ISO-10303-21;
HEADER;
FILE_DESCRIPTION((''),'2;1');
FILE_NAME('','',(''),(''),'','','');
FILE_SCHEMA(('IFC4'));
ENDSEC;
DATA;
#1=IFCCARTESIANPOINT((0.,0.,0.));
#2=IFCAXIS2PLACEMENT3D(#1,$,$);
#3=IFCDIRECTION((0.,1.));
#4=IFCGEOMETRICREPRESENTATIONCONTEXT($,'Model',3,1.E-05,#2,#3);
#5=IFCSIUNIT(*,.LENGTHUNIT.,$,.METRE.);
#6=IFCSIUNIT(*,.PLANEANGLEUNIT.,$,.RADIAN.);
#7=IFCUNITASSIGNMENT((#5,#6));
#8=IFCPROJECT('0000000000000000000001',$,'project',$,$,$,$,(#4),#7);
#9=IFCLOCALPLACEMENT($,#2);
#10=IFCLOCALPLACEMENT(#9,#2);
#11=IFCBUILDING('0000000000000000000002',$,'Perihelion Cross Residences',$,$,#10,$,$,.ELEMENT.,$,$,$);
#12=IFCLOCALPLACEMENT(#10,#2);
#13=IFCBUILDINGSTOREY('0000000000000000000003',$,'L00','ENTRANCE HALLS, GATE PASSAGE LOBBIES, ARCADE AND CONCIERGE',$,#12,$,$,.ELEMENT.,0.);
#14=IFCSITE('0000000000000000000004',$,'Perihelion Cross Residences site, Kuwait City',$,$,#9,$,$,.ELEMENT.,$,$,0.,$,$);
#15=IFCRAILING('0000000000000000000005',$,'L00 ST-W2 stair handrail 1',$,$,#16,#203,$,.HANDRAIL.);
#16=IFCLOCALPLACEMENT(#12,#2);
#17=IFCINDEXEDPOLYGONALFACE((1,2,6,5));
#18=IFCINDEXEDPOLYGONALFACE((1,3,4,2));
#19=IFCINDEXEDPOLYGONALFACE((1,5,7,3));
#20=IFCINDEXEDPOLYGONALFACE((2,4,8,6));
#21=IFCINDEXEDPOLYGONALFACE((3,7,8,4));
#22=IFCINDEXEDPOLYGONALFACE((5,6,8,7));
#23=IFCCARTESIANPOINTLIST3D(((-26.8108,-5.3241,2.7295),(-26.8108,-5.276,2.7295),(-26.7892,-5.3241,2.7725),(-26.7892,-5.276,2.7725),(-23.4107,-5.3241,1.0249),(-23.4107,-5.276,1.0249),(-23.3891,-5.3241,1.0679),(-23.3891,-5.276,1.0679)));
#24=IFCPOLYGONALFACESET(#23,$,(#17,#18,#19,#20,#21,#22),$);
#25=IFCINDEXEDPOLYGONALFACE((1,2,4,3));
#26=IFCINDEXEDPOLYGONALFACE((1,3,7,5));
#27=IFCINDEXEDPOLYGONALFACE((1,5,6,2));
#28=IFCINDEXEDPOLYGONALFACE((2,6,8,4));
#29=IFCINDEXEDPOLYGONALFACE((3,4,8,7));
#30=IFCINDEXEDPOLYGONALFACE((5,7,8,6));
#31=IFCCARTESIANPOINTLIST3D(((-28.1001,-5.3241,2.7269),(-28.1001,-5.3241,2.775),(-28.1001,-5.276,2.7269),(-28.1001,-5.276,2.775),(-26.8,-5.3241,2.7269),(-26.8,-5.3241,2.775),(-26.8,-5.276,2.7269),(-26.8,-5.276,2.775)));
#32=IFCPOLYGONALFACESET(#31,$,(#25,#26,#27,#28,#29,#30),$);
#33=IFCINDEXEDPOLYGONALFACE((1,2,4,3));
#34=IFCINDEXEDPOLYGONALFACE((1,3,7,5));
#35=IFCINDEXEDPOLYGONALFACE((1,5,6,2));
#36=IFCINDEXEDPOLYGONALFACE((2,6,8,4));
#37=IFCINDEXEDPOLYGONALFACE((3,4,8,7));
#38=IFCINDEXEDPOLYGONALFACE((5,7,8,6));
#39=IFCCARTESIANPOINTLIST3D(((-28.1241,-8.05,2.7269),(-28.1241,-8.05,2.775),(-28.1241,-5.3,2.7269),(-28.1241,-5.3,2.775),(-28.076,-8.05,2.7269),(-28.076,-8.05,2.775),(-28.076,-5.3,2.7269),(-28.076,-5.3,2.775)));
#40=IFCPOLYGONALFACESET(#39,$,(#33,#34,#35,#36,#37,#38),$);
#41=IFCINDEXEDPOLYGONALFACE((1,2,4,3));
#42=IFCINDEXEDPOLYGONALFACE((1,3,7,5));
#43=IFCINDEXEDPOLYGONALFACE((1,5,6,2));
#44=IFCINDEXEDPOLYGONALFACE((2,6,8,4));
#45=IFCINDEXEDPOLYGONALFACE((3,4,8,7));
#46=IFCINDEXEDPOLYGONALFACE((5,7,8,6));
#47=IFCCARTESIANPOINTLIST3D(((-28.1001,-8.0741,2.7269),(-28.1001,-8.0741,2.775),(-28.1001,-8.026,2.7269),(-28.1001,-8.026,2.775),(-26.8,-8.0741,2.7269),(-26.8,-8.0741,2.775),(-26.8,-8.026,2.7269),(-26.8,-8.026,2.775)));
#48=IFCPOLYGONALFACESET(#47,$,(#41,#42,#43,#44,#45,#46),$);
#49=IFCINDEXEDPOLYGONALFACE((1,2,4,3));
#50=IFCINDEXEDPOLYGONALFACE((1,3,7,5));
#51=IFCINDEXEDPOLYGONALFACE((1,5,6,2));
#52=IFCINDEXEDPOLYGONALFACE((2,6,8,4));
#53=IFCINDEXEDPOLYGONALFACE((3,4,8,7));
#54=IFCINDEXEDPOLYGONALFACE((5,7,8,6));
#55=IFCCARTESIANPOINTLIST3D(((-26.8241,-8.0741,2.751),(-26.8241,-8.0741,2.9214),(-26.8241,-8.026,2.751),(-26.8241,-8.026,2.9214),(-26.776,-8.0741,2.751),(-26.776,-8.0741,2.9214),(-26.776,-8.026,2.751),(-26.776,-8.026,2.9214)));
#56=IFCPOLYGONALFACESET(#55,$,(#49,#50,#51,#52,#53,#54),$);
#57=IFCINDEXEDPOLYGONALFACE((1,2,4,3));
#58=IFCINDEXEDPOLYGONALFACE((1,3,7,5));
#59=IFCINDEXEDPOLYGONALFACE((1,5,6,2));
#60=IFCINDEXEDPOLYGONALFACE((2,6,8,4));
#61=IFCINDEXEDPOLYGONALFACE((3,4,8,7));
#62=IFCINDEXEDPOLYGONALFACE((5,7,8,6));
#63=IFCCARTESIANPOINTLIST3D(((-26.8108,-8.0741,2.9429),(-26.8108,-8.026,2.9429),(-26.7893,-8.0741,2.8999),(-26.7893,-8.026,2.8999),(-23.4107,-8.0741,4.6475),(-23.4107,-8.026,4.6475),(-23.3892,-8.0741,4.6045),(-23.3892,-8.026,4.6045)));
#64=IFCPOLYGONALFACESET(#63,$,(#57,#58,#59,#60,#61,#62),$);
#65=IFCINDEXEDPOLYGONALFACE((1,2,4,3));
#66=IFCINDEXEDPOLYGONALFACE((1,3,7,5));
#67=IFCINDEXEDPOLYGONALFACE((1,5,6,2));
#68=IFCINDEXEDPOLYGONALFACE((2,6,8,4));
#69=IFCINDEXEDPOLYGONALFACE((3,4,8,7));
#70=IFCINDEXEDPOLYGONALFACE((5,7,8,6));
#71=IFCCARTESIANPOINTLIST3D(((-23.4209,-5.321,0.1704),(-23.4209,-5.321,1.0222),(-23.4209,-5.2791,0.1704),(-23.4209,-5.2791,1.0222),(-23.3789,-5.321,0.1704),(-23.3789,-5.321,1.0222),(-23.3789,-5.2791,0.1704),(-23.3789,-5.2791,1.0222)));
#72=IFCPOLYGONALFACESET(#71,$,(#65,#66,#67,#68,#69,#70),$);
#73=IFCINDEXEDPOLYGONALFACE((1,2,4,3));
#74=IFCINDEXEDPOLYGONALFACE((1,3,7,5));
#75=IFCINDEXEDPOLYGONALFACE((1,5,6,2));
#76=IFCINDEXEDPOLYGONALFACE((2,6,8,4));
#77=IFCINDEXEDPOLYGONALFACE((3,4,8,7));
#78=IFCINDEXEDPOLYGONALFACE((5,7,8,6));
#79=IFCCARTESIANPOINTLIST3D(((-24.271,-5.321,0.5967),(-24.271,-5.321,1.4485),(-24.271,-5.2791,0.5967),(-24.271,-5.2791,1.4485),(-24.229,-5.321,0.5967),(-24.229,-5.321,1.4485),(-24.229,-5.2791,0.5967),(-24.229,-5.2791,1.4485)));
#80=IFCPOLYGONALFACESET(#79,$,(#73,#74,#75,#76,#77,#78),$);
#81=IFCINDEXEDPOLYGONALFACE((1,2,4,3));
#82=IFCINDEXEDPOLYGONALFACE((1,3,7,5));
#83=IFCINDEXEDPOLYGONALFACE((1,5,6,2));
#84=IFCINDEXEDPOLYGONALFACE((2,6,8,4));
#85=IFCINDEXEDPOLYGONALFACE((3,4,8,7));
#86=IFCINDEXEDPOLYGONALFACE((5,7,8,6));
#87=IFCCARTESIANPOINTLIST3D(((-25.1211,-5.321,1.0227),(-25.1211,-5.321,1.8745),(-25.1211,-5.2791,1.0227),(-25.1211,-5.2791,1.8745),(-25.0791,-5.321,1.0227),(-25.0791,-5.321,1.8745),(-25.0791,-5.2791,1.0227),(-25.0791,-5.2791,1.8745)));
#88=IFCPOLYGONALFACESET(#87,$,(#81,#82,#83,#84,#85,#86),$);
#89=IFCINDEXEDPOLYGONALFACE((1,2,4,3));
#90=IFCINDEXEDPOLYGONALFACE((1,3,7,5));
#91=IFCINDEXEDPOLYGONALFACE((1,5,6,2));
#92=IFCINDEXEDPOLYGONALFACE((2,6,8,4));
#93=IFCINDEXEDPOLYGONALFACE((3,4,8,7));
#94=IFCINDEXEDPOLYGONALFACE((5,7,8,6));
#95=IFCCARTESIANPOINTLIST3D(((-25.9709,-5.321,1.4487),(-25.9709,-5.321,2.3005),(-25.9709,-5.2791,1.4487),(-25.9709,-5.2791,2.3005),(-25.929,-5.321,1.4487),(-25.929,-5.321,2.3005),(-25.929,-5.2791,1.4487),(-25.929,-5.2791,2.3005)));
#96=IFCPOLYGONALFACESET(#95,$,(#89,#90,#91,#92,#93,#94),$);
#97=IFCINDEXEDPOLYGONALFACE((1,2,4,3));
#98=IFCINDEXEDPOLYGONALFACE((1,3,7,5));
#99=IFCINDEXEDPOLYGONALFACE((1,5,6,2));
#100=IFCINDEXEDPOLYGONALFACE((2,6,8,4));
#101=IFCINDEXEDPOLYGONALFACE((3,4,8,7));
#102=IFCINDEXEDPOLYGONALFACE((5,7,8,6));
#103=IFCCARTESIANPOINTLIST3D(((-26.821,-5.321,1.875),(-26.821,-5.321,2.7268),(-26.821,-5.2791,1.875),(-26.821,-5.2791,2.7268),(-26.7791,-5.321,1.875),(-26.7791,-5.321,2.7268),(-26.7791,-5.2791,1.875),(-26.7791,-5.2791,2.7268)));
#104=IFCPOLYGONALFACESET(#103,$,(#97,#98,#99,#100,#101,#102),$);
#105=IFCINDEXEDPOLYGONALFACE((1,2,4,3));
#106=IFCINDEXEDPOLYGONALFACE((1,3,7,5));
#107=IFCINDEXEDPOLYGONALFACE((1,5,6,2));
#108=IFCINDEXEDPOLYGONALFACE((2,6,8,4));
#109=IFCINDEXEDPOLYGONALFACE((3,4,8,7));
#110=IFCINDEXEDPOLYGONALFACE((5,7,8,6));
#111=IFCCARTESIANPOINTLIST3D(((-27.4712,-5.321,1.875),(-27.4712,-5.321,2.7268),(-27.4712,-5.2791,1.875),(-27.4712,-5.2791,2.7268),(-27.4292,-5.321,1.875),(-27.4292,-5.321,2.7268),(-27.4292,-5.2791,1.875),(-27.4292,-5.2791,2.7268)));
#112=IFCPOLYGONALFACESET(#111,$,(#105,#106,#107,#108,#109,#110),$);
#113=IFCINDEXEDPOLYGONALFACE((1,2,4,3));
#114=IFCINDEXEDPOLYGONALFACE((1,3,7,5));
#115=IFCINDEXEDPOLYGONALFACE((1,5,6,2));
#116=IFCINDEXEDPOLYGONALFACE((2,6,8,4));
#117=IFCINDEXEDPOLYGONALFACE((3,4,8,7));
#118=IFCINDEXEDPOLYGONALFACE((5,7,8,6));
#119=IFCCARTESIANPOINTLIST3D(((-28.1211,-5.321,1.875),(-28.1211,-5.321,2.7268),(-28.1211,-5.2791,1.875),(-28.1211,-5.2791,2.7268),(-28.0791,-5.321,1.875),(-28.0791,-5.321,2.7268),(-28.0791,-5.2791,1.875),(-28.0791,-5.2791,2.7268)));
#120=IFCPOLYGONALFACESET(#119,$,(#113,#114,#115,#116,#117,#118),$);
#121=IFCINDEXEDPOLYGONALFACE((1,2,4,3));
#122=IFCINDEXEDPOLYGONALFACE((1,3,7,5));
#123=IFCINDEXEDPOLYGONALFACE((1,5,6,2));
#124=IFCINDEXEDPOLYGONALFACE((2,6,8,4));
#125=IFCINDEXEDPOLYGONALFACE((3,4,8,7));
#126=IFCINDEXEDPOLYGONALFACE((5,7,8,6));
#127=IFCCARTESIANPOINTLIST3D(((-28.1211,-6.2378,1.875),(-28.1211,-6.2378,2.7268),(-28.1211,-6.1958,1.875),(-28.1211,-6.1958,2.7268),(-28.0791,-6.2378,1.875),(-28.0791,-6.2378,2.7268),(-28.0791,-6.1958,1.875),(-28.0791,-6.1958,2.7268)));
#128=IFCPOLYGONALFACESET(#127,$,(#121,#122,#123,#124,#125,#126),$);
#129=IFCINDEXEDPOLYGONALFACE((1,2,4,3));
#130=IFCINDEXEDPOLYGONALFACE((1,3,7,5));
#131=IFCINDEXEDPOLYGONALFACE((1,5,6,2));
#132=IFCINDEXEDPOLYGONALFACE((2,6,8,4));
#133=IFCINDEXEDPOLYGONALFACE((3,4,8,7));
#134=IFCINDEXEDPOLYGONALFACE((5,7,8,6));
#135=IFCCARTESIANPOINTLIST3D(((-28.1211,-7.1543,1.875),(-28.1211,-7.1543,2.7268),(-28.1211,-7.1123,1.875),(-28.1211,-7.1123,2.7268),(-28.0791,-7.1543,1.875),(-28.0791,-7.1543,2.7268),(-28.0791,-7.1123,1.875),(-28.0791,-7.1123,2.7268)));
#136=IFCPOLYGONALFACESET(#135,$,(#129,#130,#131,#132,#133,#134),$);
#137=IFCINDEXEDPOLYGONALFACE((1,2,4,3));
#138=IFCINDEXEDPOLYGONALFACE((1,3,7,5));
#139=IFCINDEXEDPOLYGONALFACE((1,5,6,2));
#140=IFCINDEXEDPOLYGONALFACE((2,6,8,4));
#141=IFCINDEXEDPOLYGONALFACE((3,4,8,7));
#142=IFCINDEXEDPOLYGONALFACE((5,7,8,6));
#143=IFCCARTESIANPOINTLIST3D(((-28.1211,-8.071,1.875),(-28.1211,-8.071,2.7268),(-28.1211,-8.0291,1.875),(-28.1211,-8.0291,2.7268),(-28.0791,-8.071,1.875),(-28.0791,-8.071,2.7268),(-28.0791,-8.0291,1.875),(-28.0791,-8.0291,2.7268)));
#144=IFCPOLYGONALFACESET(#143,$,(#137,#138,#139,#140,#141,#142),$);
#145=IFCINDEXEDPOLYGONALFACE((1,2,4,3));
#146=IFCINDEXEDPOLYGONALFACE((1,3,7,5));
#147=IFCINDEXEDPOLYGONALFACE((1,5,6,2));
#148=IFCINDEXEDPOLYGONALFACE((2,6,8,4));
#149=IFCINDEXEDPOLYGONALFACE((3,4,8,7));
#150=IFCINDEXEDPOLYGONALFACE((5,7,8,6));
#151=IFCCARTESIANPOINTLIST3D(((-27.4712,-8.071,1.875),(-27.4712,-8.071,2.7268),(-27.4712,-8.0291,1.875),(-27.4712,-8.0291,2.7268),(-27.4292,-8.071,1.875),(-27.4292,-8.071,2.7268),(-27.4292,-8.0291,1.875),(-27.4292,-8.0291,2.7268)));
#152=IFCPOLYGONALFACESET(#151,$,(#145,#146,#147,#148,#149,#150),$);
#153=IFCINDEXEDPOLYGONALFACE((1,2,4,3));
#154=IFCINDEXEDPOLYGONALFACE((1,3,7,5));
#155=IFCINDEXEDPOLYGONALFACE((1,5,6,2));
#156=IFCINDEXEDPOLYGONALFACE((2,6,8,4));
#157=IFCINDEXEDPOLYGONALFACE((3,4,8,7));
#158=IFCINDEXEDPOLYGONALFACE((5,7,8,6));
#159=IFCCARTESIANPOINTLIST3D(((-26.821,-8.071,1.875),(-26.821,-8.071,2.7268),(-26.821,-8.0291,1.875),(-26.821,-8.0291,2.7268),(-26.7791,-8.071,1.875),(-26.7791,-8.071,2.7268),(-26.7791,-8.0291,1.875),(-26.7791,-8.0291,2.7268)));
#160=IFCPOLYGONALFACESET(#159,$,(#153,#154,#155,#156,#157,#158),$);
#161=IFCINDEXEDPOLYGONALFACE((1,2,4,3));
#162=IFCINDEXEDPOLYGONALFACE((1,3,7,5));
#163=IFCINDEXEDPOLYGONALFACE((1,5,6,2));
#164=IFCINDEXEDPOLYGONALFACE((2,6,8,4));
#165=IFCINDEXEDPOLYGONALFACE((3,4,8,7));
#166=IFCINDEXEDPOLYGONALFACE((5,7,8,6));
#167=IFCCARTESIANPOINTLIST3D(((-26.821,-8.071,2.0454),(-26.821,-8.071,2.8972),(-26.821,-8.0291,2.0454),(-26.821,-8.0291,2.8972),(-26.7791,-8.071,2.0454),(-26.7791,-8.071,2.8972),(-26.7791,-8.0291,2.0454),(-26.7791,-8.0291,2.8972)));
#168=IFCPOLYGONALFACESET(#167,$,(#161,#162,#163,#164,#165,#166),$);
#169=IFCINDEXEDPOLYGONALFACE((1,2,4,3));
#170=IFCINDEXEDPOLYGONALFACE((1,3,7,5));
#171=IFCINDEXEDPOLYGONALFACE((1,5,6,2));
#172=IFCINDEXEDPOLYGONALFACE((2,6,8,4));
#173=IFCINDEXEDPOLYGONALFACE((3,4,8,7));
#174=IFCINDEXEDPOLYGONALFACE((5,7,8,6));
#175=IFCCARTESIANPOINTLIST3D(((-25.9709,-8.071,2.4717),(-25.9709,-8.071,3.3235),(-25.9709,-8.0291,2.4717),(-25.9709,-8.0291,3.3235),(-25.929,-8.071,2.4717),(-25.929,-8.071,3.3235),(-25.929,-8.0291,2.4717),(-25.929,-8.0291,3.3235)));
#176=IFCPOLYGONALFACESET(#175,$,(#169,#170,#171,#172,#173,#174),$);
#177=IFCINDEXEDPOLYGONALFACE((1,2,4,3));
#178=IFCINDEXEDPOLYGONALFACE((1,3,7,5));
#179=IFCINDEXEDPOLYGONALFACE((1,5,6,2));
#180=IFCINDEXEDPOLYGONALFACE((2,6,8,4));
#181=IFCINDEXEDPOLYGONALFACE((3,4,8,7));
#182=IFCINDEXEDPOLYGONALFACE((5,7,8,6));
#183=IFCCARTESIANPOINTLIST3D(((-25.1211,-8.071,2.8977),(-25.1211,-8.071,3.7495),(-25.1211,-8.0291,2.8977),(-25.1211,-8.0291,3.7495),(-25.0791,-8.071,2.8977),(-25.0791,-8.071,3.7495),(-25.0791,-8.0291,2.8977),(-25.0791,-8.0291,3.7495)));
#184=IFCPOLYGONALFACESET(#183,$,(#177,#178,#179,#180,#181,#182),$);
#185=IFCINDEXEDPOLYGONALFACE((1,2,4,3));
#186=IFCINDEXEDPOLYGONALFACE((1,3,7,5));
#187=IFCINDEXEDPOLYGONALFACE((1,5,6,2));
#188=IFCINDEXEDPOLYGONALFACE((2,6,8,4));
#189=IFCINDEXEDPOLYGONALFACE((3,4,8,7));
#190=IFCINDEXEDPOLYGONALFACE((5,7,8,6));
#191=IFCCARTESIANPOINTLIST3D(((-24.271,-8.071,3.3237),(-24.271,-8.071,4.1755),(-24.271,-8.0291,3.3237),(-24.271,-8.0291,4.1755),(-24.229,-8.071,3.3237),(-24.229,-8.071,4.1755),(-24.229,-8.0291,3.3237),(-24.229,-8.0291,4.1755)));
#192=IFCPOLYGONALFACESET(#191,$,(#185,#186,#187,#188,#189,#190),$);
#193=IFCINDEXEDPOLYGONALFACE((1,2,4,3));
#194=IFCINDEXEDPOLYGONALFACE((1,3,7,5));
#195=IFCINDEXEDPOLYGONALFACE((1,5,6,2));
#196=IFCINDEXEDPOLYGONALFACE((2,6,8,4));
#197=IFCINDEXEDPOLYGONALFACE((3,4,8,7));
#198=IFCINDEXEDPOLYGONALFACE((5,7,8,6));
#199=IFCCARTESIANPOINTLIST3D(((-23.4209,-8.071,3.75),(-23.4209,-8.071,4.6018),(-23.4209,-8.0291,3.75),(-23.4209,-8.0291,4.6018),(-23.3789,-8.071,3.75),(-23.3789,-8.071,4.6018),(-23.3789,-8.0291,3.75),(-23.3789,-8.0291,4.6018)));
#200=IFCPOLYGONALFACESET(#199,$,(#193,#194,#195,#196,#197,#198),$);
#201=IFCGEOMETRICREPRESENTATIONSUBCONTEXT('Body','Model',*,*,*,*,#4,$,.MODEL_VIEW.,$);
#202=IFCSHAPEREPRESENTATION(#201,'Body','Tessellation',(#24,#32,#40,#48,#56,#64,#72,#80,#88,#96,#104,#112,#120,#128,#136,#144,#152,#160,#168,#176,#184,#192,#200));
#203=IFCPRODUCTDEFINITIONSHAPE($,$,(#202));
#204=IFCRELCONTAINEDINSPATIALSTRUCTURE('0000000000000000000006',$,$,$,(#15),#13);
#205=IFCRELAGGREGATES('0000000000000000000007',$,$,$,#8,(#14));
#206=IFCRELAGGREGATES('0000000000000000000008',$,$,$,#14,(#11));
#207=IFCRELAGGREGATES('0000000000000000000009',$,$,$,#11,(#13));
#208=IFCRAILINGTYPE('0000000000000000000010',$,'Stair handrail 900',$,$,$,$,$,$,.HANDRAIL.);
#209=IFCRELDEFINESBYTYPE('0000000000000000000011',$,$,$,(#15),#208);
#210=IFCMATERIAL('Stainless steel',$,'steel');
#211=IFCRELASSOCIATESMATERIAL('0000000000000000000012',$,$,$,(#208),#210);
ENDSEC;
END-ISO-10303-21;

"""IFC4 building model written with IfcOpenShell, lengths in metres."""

from ifc_helpers import new_model, si_unit, direction, frame, origin, origin_2d, place, context, subcontext, project, spatial, rectangle, extrude, material, type_object, element, save


model = new_model("IFC4")

# Units and contexts
model_context = context("Model", 3, precision=1e-05, world=origin(), true_north=direction((0.0, 1.0)))
body_context = subcontext(model_context, "Body", "Model", "MODEL_VIEW")
ifc_project = project(units=[si_unit("LENGTHUNIT", "METRE"), si_unit("PLANEANGLEUNIT", "RADIAN")], contexts=[model_context])

# Site, building, storey
site_placement = place(None, origin())
site = spatial("IfcSite", under=ifc_project, at=site_placement, Name="Perihelion Cross Residences site, Kuwait City", CompositionType="ELEMENT", RefElevation=0.0)
building_placement = place(site_placement, origin())
building = spatial("IfcBuilding", under=site, at=building_placement, Name="Perihelion Cross Residences", CompositionType="ELEMENT")
storey_placement = place(building_placement, origin())
storey = spatial("IfcBuildingStorey", under=building, at=storey_placement, Name="L00", Description="ENTRANCE HALLS, GATE PASSAGE LOBBIES, ARCADE AND CONCIERGE", CompositionType="ELEMENT", Elevation=0.0)

# Railing
ifc_material_1 = material(Name="Stainless steel", Category="steel")
railing_type = type_object("IfcRailingType", Name="Stair handrail 900", PredefinedType="HANDRAIL", material=ifc_material_1)
railing_1_placement = place(storey_placement, frame((-23.3999, -5.3, 0.1704)))
element("IfcRailing", 1, at=railing_1_placement, inside=storey, type_object=railing_type, Name="L00 ST-W2 stair handrail 1", PredefinedType="HANDRAIL", context=body_context, shape_type="SweptSolid", body=[
    extrude(rectangle(XDim=0.0481, YDim=0.0481, at=origin_2d()), frame((0.0, 0.0, 0.876), z_axis=(-0.893952, 0.0, 0.448163), x_axis=(0.0, -1.0, 0.0)), (0.0, 0.0, 1.0), 3.8035),
    extrude(rectangle(XDim=0.0481, YDim=0.0481, at=origin_2d()), frame((-3.4001, 0.0, 2.5806), z_axis=(-1.0, 0.0, 0.0), x_axis=(0.0, -1.0, 0.0)), (0.0, 0.0, 1.0), 1.3),
    extrude(rectangle(XDim=0.0481, YDim=0.0481, at=origin_2d()), frame((-4.7002, 0.0, 2.5806), z_axis=(0.0, -1.0, 0.0), x_axis=(1.0, 0.0, 0.0)), (0.0, 0.0, 1.0), 2.75),
    extrude(rectangle(XDim=0.0481, YDim=0.0481, at=origin_2d()), frame((-4.7002, -2.75, 2.5806), z_axis=(1.0, 0.0, 0.0), x_axis=(0.0, 1.0, 0.0)), (0.0, 0.0, 1.0), 1.3),
    extrude(rectangle(XDim=0.0481, YDim=0.0481, at=origin_2d()), frame((-3.4001, -2.75, 2.5806), z_axis=(0.0, 0.0, 1.0), x_axis=(1.0, 0.0, 0.0)), (0.0, 0.0, 1.0), 0.1704),
    extrude(rectangle(XDim=0.0481, YDim=0.0481, at=origin_2d()), frame((-3.4001, -2.75, 2.751), z_axis=(0.893952, 0.0, 0.448163), x_axis=(0.0, 1.0, 0.0)), (0.0, 0.0, 1.0), 3.8035),
    extrude(rectangle(XDim=0.042, YDim=0.042, at=origin_2d()), origin(), (0.0, 0.0, 1.0), 0.8518),
    extrude(rectangle(XDim=0.042, YDim=0.042, at=origin_2d()), frame((-0.8501, 0.0, 0.4263)), (0.0, 0.0, 1.0), 0.8518),
    extrude(rectangle(XDim=0.042, YDim=0.042, at=origin_2d()), frame((-1.7002, 0.0, 0.8523)), (0.0, 0.0, 1.0), 0.8518),
    extrude(rectangle(XDim=0.042, YDim=0.042, at=origin_2d()), frame((-2.55, 0.0, 1.2783)), (0.0, 0.0, 1.0), 0.8518),
    extrude(rectangle(XDim=0.042, YDim=0.042, at=origin_2d()), frame((-3.4001, 0.0, 1.7046)), (0.0, 0.0, 1.0), 0.8518),
    extrude(rectangle(XDim=0.042, YDim=0.042, at=origin_2d()), frame((-4.0503, 0.0, 1.7046)), (0.0, 0.0, 1.0), 0.8518),
    extrude(rectangle(XDim=0.042, YDim=0.042, at=origin_2d()), frame((-4.7002, 0.0, 1.7046)), (0.0, 0.0, 1.0), 0.8518),
    extrude(rectangle(XDim=0.042, YDim=0.042, at=origin_2d()), frame((-4.7002, -0.9167, 1.7046)), (0.0, 0.0, 1.0), 0.8518),
    extrude(rectangle(XDim=0.042, YDim=0.042, at=origin_2d()), frame((-4.7002, -1.8333, 1.7046)), (0.0, 0.0, 1.0), 0.8518),
    extrude(rectangle(XDim=0.042, YDim=0.042, at=origin_2d()), frame((-4.7002, -2.75, 1.7046)), (0.0, 0.0, 1.0), 0.8518),
    extrude(rectangle(XDim=0.042, YDim=0.042, at=origin_2d()), frame((-4.0503, -2.75, 1.7046)), (0.0, 0.0, 1.0), 0.8518),
    extrude(rectangle(XDim=0.042, YDim=0.042, at=origin_2d()), frame((-3.4001, -2.75, 1.7046)), (0.0, 0.0, 1.0), 0.8518),
    extrude(rectangle(XDim=0.042, YDim=0.042, at=origin_2d()), frame((-3.4001, -2.75, 1.875)), (0.0, 0.0, 1.0), 0.8518),
    extrude(rectangle(XDim=0.042, YDim=0.042, at=origin_2d()), frame((-2.55, -2.75, 2.3013)), (0.0, 0.0, 1.0), 0.8518),
    extrude(rectangle(XDim=0.042, YDim=0.042, at=origin_2d()), frame((-1.7002, -2.75, 2.7273)), (0.0, 0.0, 1.0), 0.8518),
    extrude(rectangle(XDim=0.042, YDim=0.042, at=origin_2d()), frame((-0.8501, -2.75, 3.1533)), (0.0, 0.0, 1.0), 0.8518),
    extrude(rectangle(XDim=0.042, YDim=0.042, at=origin_2d()), frame((0.0, -2.75, 3.5796)), (0.0, 0.0, 1.0), 0.8518),
])

save(model, "model.ifc")
